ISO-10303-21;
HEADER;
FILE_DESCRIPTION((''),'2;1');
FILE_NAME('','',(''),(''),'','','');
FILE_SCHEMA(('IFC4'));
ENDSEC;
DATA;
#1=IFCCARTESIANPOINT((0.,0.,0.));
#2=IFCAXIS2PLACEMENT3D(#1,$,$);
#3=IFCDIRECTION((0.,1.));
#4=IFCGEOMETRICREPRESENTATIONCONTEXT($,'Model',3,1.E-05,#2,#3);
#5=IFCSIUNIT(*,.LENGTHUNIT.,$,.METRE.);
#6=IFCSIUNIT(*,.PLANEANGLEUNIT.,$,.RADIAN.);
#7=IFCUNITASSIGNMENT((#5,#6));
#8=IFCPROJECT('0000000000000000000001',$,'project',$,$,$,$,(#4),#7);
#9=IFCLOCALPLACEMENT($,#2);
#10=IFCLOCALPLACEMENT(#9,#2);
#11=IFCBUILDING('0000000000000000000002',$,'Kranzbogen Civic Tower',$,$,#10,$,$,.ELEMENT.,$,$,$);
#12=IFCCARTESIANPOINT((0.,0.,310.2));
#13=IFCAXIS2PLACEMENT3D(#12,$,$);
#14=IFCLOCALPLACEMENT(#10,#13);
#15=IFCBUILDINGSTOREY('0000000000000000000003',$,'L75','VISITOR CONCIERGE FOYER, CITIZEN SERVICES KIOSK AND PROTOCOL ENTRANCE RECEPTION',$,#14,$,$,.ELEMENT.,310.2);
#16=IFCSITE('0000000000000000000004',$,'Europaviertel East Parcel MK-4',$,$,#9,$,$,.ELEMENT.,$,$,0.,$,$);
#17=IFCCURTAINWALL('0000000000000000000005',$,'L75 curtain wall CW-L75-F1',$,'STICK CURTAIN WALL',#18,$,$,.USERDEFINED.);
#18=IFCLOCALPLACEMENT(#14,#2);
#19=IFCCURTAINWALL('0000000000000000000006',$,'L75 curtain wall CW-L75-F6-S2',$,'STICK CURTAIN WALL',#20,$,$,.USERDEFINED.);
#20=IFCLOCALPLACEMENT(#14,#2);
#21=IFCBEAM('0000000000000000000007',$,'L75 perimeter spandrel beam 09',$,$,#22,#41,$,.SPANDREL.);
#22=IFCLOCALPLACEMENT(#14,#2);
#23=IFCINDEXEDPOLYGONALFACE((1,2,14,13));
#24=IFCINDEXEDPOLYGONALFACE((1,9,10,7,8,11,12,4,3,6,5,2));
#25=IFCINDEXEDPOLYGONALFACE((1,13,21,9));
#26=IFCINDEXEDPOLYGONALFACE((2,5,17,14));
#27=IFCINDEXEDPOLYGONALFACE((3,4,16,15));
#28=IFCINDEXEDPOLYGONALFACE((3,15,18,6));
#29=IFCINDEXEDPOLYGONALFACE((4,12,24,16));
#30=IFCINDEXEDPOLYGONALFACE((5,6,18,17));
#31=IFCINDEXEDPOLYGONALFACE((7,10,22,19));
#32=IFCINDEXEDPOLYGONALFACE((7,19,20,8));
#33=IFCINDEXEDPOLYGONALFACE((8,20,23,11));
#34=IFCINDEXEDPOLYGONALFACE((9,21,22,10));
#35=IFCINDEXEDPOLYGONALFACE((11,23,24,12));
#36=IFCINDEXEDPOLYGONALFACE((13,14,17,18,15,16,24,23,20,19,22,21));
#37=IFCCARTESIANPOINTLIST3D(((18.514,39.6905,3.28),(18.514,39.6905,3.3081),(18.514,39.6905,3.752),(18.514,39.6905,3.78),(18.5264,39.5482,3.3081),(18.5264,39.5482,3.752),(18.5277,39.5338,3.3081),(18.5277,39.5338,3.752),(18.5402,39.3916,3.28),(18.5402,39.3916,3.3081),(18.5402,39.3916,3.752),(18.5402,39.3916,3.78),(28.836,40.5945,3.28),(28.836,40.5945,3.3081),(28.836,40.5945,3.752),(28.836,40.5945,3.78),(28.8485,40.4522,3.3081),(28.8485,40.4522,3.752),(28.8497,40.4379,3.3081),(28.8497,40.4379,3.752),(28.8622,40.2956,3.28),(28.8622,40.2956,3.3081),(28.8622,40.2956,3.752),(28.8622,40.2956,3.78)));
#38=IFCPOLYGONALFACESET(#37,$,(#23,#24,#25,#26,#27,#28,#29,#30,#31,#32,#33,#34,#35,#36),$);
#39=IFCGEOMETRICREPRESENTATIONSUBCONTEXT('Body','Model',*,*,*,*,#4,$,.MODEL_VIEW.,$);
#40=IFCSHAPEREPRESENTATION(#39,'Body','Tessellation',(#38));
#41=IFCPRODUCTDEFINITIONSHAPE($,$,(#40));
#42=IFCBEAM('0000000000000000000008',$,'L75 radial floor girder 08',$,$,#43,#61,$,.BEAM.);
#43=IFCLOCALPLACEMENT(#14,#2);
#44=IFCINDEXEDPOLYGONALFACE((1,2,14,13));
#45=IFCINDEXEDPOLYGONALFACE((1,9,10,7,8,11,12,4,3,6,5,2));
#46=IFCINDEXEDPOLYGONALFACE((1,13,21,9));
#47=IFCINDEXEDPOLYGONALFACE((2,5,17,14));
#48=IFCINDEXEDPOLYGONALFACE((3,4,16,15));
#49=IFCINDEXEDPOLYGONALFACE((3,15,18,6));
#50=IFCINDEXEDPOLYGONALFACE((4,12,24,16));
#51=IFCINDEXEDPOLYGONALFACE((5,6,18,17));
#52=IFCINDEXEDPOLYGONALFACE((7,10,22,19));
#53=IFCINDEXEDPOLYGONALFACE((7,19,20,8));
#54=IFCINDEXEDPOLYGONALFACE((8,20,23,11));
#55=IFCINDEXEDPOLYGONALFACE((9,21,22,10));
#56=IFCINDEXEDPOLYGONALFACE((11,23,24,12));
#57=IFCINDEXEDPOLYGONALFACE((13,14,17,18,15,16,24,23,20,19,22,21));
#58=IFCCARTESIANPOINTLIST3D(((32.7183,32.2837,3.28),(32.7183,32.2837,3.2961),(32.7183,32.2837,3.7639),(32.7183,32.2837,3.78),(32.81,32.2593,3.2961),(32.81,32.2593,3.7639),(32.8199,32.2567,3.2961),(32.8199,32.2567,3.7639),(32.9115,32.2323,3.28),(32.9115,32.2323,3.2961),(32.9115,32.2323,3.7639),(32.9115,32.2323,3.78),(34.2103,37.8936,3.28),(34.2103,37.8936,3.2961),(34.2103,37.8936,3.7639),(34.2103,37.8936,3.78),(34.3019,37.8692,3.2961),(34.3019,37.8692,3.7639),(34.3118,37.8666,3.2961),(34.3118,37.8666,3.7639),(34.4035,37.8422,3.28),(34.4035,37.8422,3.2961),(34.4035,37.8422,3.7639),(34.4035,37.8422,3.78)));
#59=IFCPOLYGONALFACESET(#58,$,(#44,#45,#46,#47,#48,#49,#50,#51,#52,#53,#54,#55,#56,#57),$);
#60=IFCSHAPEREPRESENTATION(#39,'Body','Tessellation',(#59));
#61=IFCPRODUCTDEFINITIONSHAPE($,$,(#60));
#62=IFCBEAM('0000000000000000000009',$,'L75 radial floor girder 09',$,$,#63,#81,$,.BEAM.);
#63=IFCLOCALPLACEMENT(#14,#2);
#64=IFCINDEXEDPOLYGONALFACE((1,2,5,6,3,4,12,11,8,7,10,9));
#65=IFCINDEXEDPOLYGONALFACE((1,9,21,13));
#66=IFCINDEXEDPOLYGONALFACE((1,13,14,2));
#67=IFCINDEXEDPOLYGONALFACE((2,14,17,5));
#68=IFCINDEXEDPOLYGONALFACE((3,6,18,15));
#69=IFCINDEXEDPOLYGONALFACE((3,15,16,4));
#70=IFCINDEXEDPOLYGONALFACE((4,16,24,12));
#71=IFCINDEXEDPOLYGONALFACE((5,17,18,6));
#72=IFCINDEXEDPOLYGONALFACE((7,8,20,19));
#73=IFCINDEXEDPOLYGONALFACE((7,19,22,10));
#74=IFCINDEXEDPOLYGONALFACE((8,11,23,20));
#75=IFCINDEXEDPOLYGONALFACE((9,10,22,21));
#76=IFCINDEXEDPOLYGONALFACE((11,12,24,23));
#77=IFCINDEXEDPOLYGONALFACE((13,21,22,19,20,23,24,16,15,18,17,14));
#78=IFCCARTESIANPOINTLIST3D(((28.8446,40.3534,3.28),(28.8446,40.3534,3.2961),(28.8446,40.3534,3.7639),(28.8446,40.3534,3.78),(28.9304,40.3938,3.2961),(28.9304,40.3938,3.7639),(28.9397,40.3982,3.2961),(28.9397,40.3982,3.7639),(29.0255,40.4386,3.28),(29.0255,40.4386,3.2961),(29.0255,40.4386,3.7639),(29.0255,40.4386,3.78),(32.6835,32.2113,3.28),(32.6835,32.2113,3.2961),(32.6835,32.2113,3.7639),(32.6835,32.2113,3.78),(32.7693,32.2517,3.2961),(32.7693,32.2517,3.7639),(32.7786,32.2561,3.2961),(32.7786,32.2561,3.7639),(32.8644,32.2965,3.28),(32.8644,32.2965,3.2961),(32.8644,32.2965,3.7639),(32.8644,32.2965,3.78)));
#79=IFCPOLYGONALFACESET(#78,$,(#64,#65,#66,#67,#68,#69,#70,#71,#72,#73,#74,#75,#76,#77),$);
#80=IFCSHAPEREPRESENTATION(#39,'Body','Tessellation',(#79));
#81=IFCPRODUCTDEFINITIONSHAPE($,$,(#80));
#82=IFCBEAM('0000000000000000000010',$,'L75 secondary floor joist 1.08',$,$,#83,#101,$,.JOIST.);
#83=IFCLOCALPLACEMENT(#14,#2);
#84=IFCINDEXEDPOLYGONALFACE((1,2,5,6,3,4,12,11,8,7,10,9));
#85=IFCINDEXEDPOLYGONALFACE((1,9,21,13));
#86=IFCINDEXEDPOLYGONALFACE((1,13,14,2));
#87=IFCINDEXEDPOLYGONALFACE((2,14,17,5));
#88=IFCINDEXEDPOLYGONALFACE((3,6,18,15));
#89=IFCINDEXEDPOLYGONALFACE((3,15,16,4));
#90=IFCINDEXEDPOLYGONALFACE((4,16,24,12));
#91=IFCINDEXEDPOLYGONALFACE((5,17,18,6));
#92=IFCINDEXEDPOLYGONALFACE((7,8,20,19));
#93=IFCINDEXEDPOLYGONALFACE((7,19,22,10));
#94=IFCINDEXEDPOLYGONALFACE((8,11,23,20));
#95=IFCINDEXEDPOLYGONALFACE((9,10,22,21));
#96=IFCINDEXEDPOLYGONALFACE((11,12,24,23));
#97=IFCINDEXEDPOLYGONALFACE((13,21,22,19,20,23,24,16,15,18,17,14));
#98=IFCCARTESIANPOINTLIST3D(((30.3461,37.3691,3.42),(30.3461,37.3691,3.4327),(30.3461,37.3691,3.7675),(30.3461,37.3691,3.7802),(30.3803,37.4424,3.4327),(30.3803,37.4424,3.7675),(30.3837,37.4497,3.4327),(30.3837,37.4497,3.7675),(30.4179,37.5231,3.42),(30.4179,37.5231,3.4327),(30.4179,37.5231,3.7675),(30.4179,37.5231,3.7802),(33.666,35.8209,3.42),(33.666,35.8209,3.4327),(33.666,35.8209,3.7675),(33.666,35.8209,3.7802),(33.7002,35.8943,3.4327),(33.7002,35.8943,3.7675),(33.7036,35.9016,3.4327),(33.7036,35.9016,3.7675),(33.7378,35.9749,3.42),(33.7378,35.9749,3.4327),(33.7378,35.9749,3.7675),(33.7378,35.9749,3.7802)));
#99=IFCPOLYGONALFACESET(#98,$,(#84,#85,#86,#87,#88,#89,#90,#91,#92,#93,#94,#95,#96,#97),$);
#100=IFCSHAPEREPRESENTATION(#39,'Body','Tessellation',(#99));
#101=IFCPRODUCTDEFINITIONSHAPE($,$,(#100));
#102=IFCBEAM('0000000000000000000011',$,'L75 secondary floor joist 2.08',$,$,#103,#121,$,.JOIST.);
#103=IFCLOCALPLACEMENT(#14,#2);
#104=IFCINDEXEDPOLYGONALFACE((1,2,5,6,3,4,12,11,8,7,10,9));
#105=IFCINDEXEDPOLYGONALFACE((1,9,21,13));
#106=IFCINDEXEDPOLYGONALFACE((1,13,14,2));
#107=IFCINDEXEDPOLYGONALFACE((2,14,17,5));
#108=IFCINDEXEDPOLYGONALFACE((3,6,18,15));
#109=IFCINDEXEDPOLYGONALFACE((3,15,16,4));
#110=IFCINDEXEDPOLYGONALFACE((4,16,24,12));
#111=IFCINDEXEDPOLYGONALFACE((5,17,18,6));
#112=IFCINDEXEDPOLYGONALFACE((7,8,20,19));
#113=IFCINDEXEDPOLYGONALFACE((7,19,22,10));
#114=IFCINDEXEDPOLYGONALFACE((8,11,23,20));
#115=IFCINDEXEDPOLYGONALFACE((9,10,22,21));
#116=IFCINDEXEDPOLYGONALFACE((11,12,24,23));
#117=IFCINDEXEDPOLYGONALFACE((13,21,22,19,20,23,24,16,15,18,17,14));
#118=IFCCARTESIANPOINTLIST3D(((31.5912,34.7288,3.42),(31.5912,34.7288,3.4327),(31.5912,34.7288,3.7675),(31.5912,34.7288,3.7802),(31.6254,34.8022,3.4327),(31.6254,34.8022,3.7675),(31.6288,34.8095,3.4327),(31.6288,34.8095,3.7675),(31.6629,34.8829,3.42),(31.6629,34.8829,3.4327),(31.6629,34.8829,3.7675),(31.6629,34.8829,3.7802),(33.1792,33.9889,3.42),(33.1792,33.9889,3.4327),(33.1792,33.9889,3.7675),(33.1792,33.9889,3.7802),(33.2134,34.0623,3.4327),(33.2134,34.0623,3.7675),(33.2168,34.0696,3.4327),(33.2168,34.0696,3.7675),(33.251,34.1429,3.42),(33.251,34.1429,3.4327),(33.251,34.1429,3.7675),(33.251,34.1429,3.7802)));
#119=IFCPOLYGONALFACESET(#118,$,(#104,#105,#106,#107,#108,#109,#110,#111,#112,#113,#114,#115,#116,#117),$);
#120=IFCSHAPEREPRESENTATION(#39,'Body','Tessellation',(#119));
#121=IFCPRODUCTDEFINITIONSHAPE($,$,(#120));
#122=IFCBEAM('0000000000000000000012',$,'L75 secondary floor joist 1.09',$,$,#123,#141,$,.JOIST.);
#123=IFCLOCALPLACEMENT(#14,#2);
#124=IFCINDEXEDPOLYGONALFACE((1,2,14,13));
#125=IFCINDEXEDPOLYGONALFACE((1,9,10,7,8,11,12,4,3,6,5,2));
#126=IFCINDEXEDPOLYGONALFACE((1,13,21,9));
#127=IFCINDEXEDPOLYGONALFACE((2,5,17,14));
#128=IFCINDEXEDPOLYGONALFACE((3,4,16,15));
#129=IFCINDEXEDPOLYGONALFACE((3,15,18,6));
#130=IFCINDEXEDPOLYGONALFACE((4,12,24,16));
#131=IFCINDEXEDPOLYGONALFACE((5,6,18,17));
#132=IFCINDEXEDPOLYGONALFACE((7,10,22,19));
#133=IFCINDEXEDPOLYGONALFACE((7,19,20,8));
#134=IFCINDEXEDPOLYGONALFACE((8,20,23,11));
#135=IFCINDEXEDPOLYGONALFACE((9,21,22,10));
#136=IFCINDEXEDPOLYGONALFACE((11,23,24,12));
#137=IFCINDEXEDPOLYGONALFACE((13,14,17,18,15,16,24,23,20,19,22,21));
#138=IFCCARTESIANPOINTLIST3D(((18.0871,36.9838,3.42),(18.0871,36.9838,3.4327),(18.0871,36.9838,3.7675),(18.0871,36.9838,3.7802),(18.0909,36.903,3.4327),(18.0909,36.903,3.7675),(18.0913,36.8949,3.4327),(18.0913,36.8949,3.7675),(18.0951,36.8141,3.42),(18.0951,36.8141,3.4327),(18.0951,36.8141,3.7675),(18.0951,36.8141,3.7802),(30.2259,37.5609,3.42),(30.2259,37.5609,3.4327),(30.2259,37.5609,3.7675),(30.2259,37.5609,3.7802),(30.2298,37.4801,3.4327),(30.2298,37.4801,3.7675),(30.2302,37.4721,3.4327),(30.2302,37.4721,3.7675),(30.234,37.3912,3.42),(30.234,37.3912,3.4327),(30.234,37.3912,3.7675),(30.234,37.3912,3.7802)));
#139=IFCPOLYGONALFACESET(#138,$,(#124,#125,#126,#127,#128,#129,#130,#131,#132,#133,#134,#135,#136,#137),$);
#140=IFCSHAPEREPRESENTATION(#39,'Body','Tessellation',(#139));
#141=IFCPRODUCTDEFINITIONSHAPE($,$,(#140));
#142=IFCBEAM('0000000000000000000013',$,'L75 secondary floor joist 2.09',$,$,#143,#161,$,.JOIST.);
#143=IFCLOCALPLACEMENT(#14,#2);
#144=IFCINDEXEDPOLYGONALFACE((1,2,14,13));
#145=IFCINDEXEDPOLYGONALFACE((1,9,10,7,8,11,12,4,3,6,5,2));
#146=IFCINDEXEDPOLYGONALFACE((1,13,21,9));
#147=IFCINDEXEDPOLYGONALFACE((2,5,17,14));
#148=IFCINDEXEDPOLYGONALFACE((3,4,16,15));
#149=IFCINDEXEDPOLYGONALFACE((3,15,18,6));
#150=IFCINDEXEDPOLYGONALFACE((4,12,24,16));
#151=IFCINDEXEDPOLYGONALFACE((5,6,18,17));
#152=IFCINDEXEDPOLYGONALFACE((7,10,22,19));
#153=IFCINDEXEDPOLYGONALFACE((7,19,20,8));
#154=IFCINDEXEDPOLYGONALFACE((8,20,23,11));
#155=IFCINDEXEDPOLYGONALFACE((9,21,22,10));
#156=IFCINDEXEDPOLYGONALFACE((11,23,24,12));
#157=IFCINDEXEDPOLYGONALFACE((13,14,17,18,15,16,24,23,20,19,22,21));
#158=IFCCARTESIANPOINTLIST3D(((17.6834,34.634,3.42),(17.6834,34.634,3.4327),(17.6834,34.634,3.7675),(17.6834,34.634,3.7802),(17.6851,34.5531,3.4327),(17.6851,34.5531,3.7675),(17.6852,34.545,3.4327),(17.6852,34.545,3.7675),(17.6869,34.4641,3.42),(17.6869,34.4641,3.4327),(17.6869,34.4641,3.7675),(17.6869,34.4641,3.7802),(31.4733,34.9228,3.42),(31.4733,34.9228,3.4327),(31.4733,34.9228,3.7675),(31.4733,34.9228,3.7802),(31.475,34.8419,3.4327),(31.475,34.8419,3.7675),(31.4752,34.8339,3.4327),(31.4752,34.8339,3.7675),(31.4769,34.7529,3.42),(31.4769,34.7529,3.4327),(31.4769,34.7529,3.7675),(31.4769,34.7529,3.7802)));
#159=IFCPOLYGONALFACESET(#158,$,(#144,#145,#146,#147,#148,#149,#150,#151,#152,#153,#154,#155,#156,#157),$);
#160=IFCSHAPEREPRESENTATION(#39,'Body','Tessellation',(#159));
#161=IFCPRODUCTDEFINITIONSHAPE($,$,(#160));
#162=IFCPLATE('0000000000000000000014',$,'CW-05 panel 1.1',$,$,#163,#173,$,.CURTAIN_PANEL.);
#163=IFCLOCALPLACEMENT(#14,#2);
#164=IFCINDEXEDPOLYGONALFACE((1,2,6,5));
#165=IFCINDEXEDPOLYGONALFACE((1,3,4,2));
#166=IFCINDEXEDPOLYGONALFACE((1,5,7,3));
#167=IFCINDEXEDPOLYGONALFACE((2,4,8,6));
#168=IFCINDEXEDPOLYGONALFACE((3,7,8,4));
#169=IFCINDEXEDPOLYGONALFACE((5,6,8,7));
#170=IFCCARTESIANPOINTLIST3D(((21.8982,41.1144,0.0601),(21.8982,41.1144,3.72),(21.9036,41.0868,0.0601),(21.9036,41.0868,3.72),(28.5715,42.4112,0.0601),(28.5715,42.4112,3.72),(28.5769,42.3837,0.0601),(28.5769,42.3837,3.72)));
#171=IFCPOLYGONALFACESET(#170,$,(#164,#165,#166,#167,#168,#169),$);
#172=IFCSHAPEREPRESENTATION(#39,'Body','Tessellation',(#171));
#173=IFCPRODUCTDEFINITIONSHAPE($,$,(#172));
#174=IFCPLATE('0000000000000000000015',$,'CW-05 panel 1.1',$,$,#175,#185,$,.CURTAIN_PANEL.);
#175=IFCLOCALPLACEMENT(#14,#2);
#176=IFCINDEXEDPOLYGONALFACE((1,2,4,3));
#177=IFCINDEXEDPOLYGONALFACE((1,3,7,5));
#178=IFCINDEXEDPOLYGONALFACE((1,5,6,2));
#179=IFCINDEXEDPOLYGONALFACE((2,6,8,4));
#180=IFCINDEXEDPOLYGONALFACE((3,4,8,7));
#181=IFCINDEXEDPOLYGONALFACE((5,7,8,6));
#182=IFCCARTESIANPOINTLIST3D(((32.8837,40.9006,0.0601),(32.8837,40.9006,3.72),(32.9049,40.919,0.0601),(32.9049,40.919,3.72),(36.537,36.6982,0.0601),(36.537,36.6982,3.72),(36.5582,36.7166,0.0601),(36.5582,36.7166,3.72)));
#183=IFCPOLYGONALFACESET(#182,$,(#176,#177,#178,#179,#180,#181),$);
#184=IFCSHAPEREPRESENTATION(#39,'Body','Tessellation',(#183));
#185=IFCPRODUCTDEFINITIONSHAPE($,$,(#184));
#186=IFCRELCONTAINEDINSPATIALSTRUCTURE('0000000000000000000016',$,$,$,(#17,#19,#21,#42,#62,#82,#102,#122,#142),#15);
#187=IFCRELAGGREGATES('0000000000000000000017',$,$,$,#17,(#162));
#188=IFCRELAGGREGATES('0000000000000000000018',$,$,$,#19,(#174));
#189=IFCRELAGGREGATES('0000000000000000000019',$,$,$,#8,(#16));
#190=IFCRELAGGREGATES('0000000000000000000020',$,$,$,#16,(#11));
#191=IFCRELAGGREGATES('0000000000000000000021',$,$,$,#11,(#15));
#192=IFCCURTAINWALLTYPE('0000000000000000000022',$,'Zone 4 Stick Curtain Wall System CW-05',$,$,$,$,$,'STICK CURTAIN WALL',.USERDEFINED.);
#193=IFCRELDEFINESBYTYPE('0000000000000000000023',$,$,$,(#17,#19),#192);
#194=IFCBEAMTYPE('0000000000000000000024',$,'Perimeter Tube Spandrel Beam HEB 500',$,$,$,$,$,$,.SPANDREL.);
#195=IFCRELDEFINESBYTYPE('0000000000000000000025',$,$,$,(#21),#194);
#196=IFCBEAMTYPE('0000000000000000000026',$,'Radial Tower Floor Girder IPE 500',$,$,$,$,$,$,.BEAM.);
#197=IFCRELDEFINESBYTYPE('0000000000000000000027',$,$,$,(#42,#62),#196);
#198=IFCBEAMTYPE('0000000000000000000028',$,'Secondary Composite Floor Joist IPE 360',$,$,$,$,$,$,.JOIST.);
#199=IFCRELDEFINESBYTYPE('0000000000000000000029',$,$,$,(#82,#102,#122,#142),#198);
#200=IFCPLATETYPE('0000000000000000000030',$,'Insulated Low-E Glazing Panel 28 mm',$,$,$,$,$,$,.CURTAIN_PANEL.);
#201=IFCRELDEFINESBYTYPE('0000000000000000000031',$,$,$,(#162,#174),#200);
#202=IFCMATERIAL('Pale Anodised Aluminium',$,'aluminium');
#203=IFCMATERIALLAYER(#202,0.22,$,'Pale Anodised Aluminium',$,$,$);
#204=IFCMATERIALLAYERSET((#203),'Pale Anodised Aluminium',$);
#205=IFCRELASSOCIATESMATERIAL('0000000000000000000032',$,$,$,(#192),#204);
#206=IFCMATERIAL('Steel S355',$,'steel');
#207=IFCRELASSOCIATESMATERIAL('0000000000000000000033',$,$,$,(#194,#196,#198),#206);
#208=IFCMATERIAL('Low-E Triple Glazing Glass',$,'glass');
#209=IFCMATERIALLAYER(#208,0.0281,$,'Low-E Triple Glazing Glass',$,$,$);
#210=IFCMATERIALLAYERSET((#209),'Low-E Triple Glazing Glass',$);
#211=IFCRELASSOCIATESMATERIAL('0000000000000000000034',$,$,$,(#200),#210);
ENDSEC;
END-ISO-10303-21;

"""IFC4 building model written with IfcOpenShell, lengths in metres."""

from ifc_helpers import new_model, si_unit, direction, frame, origin, origin_2d, place, context, subcontext, project, spatial, rectangle, i_section, extrude, material, layer, layer_set, material_profile, profile_set, type_object, element, aggregate, save


model = new_model("IFC4")

# Units and contexts
model_context = context("Model", 3, precision=1e-05, world=origin(), true_north=direction((0.0, 1.0)))
body_context = subcontext(model_context, "Body", "Model", "MODEL_VIEW")
ifc_project = project(units=[si_unit("LENGTHUNIT", "METRE"), si_unit("PLANEANGLEUNIT", "RADIAN")], contexts=[model_context])

# Site, building, storey
site_placement = place(None, origin())
site = spatial("IfcSite", under=ifc_project, at=site_placement, Name="Europaviertel East Parcel MK-4", CompositionType="ELEMENT", RefElevation=0.0)
building_placement = place(site_placement, origin())
building = spatial("IfcBuilding", under=site, at=building_placement, Name="Kranzbogen Civic Tower", CompositionType="ELEMENT")
storey_placement = place(building_placement, frame((0.0, 0.0, 310.2)))
storey = spatial("IfcBuildingStorey", under=building, at=storey_placement, Name="L75", Description="VISITOR CONCIERGE FOYER, CITIZEN SERVICES KIOSK AND PROTOCOL ENTRANCE RECEPTION", CompositionType="ELEMENT", Elevation=310.2)

# Shared definitions
ifc_material_1 = material(Name="Steel S355", Category="steel")

# Curtain wall
ifc_material_2 = material(Name="Pale Anodised Aluminium", Category="aluminium")
ifc_layer_1 = layer(ifc_material_2, 0.22, Name="Pale Anodised Aluminium")
ifc_layer_set_1 = layer_set([ifc_layer_1], Name="Pale Anodised Aluminium")
curtain_wall_type = type_object("IfcCurtainWallType", Name="Zone 4 Stick Curtain Wall System CW-05", ElementType="STICK CURTAIN WALL", PredefinedType="USERDEFINED", material=ifc_layer_set_1)
curtain_wall_1_placement = place(storey_placement, origin())
curtain_wall_1 = element("IfcCurtainWall", 1, at=curtain_wall_1_placement, inside=storey, type_object=curtain_wall_type, Name="L75 curtain wall CW-L75-F1", ObjectType="STICK CURTAIN WALL", PredefinedType="USERDEFINED")

# Curtain wall
curtain_wall_2_placement = place(storey_placement, origin())
curtain_wall_2 = element("IfcCurtainWall", 2, at=curtain_wall_2_placement, inside=storey, type_object=curtain_wall_type, Name="L75 curtain wall CW-L75-F6-S2", ObjectType="STICK CURTAIN WALL", PredefinedType="USERDEFINED")

# Beams
ifc_material_profile_1 = material_profile(ifc_material_1, i_section(OverallWidth=0.3, OverallDepth=0.5, WebThickness=0.0144, FlangeThickness=0.0281, at=origin_2d()), Name="HEB 500")
ifc_profile_set_1 = profile_set([ifc_material_profile_1], Name="Steel S355")
beam_type_1 = type_object("IfcBeamType", Name="Perimeter Tube Spandrel Beam HEB 500", PredefinedType="SPANDREL", material=ifc_profile_set_1)
beam_1_placement = place(storey_placement, frame((28.8491, 40.4451, 3.53), z_axis=(-0.996186, -0.087251, 0.0), x_axis=(0.087251, -0.996186, 0.0)))
element("IfcBeam", 3, at=beam_1_placement, inside=storey, type_object=beam_type_1, Name="L75 perimeter spandrel beam 09", PredefinedType="SPANDREL", context=body_context, shape_type="SweptSolid", body=[
    extrude(i_section(OverallWidth=0.3, OverallDepth=0.5, WebThickness=0.0144, FlangeThickness=0.0281, at=origin_2d()), origin(), (0.0, 0.0, 1.0), 10.3616),
])
ifc_material_profile_2 = material_profile(ifc_material_1, i_section(OverallWidth=0.2, OverallDepth=0.5, WebThickness=0.0103, FlangeThickness=0.0161, at=origin_2d()), Name="IPE 500")
ifc_profile_set_2 = profile_set([ifc_material_profile_2], Name="Steel S355")
beam_type_2 = type_object("IfcBeamType", Name="Radial Tower Floor Girder IPE 500", PredefinedType="BEAM", material=ifc_profile_set_2)
beam_2_placement = place(storey_placement, frame((34.3069, 37.8679, 3.53), z_axis=(-0.257016, -0.966407, 0.0), x_axis=(0.966407, -0.257016, 0.0)))
element("IfcBeam", 4, at=beam_2_placement, inside=storey, type_object=beam_type_2, Name="L75 radial floor girder 08", PredefinedType="BEAM", context=body_context, shape_type="SweptSolid", body=[
    extrude(i_section(OverallWidth=0.2, OverallDepth=0.5, WebThickness=0.0103, FlangeThickness=0.0161, at=origin_2d()), origin(), (0.0, 0.0, 1.0), 5.8049),
])
beam_3_placement = place(storey_placement, frame((28.9351, 40.396, 3.53), z_axis=(0.42646, -0.904506, 0.0), x_axis=(0.904506, 0.42646, 0.0)))
element("IfcBeam", 5, at=beam_3_placement, inside=storey, type_object=beam_type_2, Name="L75 radial floor girder 09", PredefinedType="BEAM", context=body_context, shape_type="SweptSolid", body=[
    extrude(i_section(OverallWidth=0.2, OverallDepth=0.5, WebThickness=0.0103, FlangeThickness=0.0161, at=origin_2d()), origin(), (0.0, 0.0, 1.0), 9.0017),
])
ifc_material_profile_3 = material_profile(ifc_material_1, i_section(OverallWidth=0.1699, OverallDepth=0.3601, WebThickness=0.0081, FlangeThickness=0.0127, at=origin_2d()), Name="IPE 360")
ifc_profile_set_3 = profile_set([ifc_material_profile_3], Name="Steel S355")
beam_type_3 = type_object("IfcBeamType", Name="Secondary Composite Floor Joist IPE 360", PredefinedType="JOIST", material=ifc_profile_set_3)
beam_4_placement = place(storey_placement, frame((33.7019, 35.8979, 3.6001), z_axis=(-0.906304, 0.422626, 0.0), x_axis=(-0.422626, -0.906304, 0.0)))
element("IfcBeam", 6, at=beam_4_placement, inside=storey, type_object=beam_type_3, Name="L75 secondary floor joist 1.08", PredefinedType="JOIST", context=body_context, shape_type="SweptSolid", body=[
    extrude(i_section(OverallWidth=0.1699, OverallDepth=0.3601, WebThickness=0.0081, FlangeThickness=0.0127, at=origin_2d()), origin(), (0.0, 0.0, 1.0), 3.6631),
])
beam_5_placement = place(storey_placement, frame((33.2151, 34.0659, 3.6001), z_axis=(-0.906432, 0.422351, 0.0), x_axis=(-0.422351, -0.906432, 0.0)))
element("IfcBeam", 7, at=beam_5_placement, inside=storey, type_object=beam_type_3, Name="L75 secondary floor joist 2.08", PredefinedType="JOIST", context=body_context, shape_type="SweptSolid", body=[
    extrude(i_section(OverallWidth=0.1699, OverallDepth=0.3601, WebThickness=0.0081, FlangeThickness=0.0127, at=origin_2d()), origin(), (0.0, 0.0, 1.0), 1.752),
])
beam_6_placement = place(storey_placement, frame((30.23, 37.4761, 3.6001), z_axis=(-0.998872, -0.047492, 0.0), x_axis=(0.047492, -0.998872, 0.0)))
element("IfcBeam", 8, at=beam_6_placement, inside=storey, type_object=beam_type_3, Name="L75 secondary floor joist 1.09", PredefinedType="JOIST", context=body_context, shape_type="SweptSolid", body=[
    extrude(i_section(OverallWidth=0.1699, OverallDepth=0.3601, WebThickness=0.0081, FlangeThickness=0.0127, at=origin_2d()), origin(), (0.0, 0.0, 1.0), 12.1526),
])
beam_7_placement = place(storey_placement, frame((31.4751, 34.8379, 3.6001), z_axis=(-0.999781, -0.020939, 0.0), x_axis=(0.020939, -0.999781, 0.0)))
element("IfcBeam", 9, at=beam_7_placement, inside=storey, type_object=beam_type_3, Name="L75 secondary floor joist 2.09", PredefinedType="JOIST", context=body_context, shape_type="SweptSolid", body=[
    extrude(i_section(OverallWidth=0.1699, OverallDepth=0.3601, WebThickness=0.0081, FlangeThickness=0.0127, at=origin_2d()), origin(), (0.0, 0.0, 1.0), 13.793),
])

# Plates
ifc_material_3 = material(Name="Low-E Triple Glazing Glass", Category="glass")
ifc_layer_2 = layer(ifc_material_3, 0.0281, Name="Low-E Triple Glazing Glass")
ifc_layer_set_2 = layer_set([ifc_layer_2], Name="Low-E Triple Glazing Glass")
plate_type = type_object("IfcPlateType", Name="Insulated Low-E Glazing Panel 28 mm", PredefinedType="CURTAIN_PANEL", material=ifc_layer_set_2)
plate_1_placement = place(storey_placement, frame((25.2375, 41.749, 0.0601), z_axis=(0.0, 0.0, 1.0), x_axis=(-0.981635, -0.190767, 0.0)))
plate_1 = element("IfcPlate", 10, at=plate_1_placement, type_object=plate_type, Name="CW-05 panel 1.1", PredefinedType="CURTAIN_PANEL", context=body_context, shape_type="SweptSolid", body=[
    extrude(rectangle(XDim=6.7981, YDim=0.0281, at=origin_2d()), origin(), (0.0, 0.0, 1.0), 3.6599),
])
aggregate(curtain_wall_1, [plate_1])
plate_2_placement = place(storey_placement, frame((34.7209, 38.8086, 0.0601), z_axis=(0.0, 0.0, 1.0), x_axis=(-0.656074, 0.754696, 0.0)))
plate_2 = element("IfcPlate", 11, at=plate_2_placement, type_object=plate_type, Name="CW-05 panel 1.1", PredefinedType="CURTAIN_PANEL", context=body_context, shape_type="SweptSolid", body=[
    extrude(rectangle(XDim=5.5684, YDim=0.0281, at=origin_2d()), origin(), (0.0, 0.0, 1.0), 3.6599),
])
aggregate(curtain_wall_2, [plate_2])

save(model, "model.ifc")
